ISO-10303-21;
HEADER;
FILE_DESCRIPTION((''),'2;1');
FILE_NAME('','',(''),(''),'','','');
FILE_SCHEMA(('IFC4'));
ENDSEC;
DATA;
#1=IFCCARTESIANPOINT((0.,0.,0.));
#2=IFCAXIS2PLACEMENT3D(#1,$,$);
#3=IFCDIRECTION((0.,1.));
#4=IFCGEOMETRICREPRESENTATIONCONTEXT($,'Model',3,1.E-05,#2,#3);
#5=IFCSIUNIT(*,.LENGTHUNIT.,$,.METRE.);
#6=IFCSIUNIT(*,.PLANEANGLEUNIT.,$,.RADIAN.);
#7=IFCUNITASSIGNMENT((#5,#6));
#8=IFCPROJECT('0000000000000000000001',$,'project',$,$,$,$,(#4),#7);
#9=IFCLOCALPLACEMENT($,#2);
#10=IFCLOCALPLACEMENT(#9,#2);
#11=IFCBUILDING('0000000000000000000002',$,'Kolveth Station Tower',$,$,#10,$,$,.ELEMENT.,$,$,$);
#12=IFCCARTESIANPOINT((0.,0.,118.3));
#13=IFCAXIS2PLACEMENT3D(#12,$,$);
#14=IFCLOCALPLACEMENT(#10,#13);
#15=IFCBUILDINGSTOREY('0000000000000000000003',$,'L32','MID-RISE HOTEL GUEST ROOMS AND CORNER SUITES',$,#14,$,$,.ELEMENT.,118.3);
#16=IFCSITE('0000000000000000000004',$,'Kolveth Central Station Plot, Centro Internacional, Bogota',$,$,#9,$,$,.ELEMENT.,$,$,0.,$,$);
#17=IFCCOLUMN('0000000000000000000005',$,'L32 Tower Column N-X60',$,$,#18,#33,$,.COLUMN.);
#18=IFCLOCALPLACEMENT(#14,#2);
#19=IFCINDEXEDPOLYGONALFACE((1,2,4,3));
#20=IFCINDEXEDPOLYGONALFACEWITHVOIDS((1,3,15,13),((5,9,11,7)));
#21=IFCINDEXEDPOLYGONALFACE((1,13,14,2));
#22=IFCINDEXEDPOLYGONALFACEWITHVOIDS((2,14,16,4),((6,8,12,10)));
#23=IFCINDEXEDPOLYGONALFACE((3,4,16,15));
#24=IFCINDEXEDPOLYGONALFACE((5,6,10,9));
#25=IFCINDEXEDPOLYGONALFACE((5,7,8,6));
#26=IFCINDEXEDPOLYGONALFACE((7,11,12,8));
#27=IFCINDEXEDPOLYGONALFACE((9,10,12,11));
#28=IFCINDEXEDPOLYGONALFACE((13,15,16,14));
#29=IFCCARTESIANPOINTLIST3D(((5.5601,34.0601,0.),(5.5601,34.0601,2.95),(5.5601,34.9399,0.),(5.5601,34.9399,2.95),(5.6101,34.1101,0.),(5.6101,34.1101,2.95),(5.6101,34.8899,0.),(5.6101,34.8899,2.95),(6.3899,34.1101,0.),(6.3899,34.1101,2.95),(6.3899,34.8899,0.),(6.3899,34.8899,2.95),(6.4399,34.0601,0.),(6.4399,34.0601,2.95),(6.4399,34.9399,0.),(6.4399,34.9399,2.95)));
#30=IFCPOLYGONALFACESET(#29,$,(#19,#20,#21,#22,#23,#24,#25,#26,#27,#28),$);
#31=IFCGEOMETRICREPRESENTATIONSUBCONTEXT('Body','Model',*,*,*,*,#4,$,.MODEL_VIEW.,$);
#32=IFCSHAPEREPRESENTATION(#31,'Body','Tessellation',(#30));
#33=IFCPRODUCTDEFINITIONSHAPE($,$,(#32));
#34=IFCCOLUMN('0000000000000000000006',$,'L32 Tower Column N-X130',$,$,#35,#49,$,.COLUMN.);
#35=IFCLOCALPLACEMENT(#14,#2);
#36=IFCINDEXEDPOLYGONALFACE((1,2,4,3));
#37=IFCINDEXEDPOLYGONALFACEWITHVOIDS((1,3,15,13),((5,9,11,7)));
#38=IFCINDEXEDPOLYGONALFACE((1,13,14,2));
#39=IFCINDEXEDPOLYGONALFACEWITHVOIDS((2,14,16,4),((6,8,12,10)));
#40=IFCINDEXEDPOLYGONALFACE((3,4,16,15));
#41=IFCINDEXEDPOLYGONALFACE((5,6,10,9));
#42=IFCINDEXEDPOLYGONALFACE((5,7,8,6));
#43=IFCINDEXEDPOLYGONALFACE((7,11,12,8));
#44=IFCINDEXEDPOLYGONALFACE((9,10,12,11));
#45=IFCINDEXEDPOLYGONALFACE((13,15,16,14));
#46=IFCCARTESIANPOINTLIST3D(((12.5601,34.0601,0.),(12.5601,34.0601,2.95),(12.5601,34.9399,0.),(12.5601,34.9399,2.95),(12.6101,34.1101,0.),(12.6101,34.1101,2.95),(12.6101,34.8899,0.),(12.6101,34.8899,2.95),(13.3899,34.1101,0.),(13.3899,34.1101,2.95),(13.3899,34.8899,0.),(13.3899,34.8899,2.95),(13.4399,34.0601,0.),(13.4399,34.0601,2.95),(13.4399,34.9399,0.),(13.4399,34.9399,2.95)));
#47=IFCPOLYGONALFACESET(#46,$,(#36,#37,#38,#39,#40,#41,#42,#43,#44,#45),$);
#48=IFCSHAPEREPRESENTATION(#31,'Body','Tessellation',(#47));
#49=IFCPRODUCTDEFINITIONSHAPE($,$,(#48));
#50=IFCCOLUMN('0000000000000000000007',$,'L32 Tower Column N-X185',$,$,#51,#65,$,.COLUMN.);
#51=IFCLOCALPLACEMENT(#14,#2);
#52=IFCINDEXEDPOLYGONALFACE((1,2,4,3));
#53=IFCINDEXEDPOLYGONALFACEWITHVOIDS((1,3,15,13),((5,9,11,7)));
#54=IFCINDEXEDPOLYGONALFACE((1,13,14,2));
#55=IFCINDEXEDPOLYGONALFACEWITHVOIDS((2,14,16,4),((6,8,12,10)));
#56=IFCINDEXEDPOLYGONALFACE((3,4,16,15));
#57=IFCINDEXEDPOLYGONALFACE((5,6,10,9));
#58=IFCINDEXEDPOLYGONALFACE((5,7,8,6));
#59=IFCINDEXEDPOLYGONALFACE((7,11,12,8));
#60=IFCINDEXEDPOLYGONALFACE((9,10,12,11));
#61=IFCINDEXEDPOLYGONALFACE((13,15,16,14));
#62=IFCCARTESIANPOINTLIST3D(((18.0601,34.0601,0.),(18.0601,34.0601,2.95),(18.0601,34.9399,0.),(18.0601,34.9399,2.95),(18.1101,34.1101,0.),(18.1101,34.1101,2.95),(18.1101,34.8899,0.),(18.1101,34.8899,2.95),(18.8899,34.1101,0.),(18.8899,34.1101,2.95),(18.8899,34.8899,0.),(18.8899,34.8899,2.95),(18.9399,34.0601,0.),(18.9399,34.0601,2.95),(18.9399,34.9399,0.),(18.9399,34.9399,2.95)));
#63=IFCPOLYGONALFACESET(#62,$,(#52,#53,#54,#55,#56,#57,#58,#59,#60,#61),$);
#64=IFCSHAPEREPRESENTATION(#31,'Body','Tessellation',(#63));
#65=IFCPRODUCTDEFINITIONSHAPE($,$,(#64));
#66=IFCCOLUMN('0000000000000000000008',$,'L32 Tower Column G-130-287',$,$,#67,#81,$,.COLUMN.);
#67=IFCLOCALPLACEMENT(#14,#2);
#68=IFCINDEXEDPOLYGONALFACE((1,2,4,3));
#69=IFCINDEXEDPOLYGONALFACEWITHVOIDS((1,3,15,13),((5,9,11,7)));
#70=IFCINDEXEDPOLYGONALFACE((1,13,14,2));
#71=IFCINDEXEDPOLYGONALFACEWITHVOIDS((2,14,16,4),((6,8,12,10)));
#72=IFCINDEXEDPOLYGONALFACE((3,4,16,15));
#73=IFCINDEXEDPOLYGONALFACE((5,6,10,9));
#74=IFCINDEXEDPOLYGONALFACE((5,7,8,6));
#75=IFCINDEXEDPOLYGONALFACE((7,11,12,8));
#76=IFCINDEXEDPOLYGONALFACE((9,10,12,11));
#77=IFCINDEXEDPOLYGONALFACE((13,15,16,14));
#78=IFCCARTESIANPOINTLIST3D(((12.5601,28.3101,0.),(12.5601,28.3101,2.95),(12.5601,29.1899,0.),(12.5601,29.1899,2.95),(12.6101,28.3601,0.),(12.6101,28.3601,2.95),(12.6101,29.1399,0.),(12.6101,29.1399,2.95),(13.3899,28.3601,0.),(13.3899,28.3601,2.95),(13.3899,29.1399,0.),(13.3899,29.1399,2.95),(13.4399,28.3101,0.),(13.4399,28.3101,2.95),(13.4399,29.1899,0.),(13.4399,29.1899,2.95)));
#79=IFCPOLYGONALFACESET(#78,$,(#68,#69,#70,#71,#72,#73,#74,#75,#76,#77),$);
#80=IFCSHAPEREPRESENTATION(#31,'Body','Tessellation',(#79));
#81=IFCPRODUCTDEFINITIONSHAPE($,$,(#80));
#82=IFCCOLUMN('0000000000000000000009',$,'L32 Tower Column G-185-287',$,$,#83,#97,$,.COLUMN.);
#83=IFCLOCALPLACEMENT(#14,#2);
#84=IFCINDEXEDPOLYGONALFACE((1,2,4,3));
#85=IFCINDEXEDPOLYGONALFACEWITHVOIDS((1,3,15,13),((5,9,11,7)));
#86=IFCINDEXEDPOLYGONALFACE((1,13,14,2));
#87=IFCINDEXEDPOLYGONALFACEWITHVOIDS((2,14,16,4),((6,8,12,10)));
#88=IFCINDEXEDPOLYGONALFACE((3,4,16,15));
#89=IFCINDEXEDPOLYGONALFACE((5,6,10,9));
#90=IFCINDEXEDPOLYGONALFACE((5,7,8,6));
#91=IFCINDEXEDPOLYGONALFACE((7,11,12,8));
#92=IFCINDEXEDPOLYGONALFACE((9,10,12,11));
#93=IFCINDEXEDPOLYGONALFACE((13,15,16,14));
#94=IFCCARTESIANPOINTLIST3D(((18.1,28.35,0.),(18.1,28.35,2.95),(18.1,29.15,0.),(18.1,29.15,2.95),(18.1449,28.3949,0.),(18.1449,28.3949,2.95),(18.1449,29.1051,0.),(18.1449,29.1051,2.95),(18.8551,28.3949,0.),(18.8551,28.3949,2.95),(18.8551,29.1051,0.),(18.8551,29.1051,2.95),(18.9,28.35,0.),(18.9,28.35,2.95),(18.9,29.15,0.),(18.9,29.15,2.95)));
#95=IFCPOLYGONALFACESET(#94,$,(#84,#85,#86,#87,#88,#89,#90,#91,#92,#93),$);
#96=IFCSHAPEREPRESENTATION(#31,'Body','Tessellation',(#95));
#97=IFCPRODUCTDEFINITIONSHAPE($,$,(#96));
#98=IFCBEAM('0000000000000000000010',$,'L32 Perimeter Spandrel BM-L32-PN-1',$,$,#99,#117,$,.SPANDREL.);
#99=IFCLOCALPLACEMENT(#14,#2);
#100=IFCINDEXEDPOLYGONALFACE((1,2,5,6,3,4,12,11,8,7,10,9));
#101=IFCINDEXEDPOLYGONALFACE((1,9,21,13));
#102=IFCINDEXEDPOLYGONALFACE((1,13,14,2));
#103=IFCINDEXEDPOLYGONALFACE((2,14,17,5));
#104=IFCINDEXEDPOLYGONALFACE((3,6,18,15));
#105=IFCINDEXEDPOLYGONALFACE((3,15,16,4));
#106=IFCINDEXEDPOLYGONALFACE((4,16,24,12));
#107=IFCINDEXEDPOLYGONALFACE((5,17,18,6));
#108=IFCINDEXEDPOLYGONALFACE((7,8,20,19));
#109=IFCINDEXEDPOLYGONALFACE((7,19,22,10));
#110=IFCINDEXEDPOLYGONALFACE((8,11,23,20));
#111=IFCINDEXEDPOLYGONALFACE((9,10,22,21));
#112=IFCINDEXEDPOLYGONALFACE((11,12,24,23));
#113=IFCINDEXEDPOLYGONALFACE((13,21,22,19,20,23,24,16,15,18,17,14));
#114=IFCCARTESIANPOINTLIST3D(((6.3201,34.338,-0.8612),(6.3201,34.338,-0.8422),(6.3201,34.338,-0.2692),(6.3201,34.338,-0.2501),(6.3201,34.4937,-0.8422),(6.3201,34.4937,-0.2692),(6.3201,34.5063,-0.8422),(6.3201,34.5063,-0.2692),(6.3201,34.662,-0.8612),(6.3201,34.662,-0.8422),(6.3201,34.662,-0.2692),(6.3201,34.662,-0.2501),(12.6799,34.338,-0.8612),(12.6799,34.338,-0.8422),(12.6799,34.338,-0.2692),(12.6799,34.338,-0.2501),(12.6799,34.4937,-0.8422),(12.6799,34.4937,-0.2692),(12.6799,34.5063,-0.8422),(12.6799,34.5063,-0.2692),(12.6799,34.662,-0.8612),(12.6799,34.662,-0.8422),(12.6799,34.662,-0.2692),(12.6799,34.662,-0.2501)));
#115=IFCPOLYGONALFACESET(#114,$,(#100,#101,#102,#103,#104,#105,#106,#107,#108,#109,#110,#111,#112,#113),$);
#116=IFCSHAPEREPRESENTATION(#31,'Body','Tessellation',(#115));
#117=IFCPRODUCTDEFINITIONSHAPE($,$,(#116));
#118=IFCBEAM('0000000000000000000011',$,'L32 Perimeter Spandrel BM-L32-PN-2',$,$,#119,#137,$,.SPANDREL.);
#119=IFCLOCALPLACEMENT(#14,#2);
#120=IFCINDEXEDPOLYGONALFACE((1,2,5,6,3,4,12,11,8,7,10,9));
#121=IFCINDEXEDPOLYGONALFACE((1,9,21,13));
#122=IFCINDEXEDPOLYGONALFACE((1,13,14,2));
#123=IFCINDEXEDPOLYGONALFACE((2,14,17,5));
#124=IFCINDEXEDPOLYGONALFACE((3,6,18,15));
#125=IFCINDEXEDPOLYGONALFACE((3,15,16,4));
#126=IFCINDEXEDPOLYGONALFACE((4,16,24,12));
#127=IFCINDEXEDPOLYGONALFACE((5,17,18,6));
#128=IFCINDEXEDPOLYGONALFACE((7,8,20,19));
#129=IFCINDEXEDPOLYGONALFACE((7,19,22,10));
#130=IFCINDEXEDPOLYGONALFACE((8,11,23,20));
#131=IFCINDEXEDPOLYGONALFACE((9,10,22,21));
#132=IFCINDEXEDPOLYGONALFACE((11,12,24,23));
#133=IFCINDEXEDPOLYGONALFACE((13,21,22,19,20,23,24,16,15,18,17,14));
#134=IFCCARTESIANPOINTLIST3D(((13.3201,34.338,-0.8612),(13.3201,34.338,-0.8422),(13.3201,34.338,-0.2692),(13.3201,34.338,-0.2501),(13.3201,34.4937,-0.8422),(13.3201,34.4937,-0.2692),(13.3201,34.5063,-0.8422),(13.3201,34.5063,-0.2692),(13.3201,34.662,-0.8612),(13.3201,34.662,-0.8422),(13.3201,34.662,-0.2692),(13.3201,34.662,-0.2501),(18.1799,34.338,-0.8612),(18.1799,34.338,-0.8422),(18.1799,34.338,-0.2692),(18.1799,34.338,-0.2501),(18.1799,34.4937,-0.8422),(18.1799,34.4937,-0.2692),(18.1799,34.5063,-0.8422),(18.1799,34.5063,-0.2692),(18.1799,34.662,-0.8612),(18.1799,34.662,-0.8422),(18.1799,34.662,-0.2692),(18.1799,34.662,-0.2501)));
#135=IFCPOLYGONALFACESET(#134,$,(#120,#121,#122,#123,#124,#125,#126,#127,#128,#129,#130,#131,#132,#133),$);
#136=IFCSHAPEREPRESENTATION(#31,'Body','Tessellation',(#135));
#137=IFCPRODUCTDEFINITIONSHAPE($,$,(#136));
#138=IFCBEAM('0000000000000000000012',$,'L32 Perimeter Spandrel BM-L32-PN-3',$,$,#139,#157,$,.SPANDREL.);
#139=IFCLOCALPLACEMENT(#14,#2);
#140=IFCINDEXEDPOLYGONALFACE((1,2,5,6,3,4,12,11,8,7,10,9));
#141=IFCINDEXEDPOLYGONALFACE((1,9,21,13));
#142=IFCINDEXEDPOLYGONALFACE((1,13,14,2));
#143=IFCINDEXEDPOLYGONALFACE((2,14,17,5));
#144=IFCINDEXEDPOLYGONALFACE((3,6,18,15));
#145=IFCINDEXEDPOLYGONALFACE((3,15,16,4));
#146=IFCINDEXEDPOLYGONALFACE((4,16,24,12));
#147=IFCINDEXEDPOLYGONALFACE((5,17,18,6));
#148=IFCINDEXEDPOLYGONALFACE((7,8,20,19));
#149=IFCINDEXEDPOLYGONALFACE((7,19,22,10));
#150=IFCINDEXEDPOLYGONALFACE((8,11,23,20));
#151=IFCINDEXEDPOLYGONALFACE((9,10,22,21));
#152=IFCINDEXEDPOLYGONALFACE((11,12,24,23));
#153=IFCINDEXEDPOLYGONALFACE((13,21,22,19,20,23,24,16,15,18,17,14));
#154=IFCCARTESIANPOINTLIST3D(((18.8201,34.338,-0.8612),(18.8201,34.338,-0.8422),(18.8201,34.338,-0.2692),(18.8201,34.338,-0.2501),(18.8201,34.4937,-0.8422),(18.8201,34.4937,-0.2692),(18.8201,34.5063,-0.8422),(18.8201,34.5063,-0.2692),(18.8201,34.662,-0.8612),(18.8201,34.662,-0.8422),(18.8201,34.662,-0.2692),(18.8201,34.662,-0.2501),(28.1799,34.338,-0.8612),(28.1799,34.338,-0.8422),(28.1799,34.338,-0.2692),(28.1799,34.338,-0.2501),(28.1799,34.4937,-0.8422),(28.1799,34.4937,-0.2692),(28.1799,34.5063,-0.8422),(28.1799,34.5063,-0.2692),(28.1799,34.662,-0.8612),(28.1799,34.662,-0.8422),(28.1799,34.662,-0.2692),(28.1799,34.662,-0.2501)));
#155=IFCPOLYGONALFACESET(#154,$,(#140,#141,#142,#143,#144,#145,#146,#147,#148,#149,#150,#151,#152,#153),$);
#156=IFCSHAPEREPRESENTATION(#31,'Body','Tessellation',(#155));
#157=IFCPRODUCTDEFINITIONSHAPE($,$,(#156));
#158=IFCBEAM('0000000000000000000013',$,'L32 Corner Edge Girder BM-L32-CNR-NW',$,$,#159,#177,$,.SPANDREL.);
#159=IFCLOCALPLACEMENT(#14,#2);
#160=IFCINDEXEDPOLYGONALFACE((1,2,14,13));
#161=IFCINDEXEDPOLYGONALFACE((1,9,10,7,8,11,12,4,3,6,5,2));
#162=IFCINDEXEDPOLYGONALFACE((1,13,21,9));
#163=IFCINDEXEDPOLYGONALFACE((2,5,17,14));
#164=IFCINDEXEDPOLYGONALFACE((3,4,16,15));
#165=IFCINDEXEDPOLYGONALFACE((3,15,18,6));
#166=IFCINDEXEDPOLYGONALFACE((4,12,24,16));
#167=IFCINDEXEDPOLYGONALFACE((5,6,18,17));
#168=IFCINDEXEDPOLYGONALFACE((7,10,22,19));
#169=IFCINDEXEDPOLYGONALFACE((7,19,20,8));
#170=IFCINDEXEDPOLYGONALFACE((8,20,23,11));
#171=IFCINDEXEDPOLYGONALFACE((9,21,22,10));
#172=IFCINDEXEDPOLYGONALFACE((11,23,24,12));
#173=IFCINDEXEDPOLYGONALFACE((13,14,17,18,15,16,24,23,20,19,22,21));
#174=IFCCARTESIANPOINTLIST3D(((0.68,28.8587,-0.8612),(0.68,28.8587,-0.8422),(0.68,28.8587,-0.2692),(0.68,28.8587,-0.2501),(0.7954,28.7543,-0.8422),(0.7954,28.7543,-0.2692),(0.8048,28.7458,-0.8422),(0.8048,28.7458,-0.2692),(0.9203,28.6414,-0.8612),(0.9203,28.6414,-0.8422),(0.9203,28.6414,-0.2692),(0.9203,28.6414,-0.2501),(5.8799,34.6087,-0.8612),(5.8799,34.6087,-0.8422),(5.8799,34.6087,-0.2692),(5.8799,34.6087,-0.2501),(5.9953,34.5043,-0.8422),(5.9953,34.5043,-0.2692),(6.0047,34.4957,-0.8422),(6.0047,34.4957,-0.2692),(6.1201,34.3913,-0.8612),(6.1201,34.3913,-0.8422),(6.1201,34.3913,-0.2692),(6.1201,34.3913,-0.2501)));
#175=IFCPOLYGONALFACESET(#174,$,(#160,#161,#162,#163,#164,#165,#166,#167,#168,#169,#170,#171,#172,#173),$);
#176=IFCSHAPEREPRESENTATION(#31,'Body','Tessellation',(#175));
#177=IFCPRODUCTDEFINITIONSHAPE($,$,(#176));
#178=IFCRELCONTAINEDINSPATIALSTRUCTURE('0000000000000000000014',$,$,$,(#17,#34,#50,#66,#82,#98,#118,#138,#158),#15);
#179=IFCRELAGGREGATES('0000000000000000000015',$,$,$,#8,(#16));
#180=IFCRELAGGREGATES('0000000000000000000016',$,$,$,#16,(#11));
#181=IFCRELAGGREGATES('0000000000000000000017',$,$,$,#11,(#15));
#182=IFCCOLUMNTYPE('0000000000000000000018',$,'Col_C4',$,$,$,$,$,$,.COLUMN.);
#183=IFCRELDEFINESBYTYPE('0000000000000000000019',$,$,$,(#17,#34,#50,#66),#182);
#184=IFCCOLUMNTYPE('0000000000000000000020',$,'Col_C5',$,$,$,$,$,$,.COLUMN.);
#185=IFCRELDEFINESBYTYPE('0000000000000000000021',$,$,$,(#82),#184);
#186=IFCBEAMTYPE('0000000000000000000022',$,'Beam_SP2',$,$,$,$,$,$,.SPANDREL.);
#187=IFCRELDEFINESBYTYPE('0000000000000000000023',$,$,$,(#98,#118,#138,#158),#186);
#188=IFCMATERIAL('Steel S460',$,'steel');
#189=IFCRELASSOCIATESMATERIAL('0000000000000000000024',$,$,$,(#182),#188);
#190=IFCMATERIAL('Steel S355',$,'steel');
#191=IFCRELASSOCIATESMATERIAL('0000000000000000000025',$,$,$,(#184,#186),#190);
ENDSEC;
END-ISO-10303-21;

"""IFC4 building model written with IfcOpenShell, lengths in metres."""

from ifc_helpers import new_model, si_unit, direction, frame, origin, origin_2d, place, context, subcontext, project, spatial, hollow_rectangle, i_section, extrude, source, transform, mapped, material, material_profile, profile_set, type_object, element, save


model = new_model("IFC4")

# Units and contexts
model_context = context("Model", 3, precision=1e-05, world=origin(), true_north=direction((0.0, 1.0)))
body_context = subcontext(model_context, "Body", "Model", "MODEL_VIEW")
ifc_project = project(units=[si_unit("LENGTHUNIT", "METRE"), si_unit("PLANEANGLEUNIT", "RADIAN")], contexts=[model_context])

# Site, building, storey
site_placement = place(None, origin())
site = spatial("IfcSite", under=ifc_project, at=site_placement, Name="Kolveth Central Station Plot, Centro Internacional, Bogota", CompositionType="ELEMENT", RefElevation=0.0)
building_placement = place(site_placement, origin())
building = spatial("IfcBuilding", under=site, at=building_placement, Name="Kolveth Station Tower", CompositionType="ELEMENT")
storey_placement = place(building_placement, frame((0.0, 0.0, 118.3)))
storey = spatial("IfcBuildingStorey", under=building, at=storey_placement, Name="L32", Description="MID-RISE HOTEL GUEST ROOMS AND CORNER SUITES", CompositionType="ELEMENT", Elevation=118.3)

# Columns
ifc_material_1 = material(Name="Steel S460", Category="steel")
ifc_material_profile_1 = material_profile(ifc_material_1, hollow_rectangle(XDim=0.8799, YDim=0.8799, WallThickness=0.05, at=origin_2d()), Name="BOX880x880x50")
ifc_profile_set_1 = profile_set([ifc_material_profile_1], Name="Steel S460")
column_type_1 = type_object("IfcColumnType", Name="Col_C4", PredefinedType="COLUMN", material=ifc_profile_set_1)
shared_shape_1 = source(origin(), body_context, "Body", "SweptSolid", [
    extrude(hollow_rectangle(XDim=0.8799, YDim=0.8799, WallThickness=0.05, at=origin_2d()), origin(), (0.0, 0.0, 1.0), 2.95),
])
for number, where, z_axis, x_axis, name in (
    (1, (6.0, 34.5, 0.0), (0.0, 0.0, 1.0), (1.0, 0.0, 0.0), "L32 Tower Column N-X60"),
    (2, (13.0, 34.5, 0.0), (0.0, 0.0, 1.0), (1.0, 0.0, 0.0), "L32 Tower Column N-X130"),
    (3, (18.5, 34.5, 0.0), (0.0, 0.0, 1.0), (1.0, 0.0, 0.0), "L32 Tower Column N-X185"),
    (4, (13.0, 28.75, 0.0), (0.0, 0.0, 1.0), (1.0, 0.0, 0.0), "L32 Tower Column G-130-287"),
):
    element("IfcColumn", number, at=place(storey_placement, frame(where, z_axis=z_axis, x_axis=x_axis)), inside=storey, type_object=column_type_1, Name=name, PredefinedType="COLUMN", context=body_context, shape_type="MappedRepresentation", body=[
        mapped(shared_shape_1, transform((0.0, 0.0, 0.0), x_axis=(1.0, 0.0, 0.0), y_axis=(0.0, 1.0, 0.0), z_axis=(0.0, 0.0, 1.0), scale=1.0)),
    ])
ifc_material_2 = material(Name="Steel S355", Category="steel")
ifc_material_profile_2 = material_profile(ifc_material_2, hollow_rectangle(XDim=0.8, YDim=0.8, WallThickness=0.0449, at=origin_2d()), Name="BOX800x800x45")
ifc_profile_set_2 = profile_set([ifc_material_profile_2], Name="Steel S355")
column_type_2 = type_object("IfcColumnType", Name="Col_C5", PredefinedType="COLUMN", material=ifc_profile_set_2)
shared_shape_2 = source(origin(), body_context, "Body", "SweptSolid", [
    extrude(hollow_rectangle(XDim=0.8, YDim=0.8, WallThickness=0.0449, at=origin_2d()), origin(), (0.0, 0.0, 1.0), 2.95),
])
column_placement = place(storey_placement, frame((18.5, 28.75, 0.0), z_axis=(0.0, 0.0, 1.0), x_axis=(1.0, 0.0, 0.0)))
element("IfcColumn", 5, at=column_placement, inside=storey, type_object=column_type_2, Name="L32 Tower Column G-185-287", PredefinedType="COLUMN", context=body_context, shape_type="MappedRepresentation", body=[
    mapped(shared_shape_2, transform((0.0, 0.0, 0.0), x_axis=(1.0, 0.0, 0.0), y_axis=(0.0, 1.0, 0.0), z_axis=(0.0, 0.0, 1.0), scale=1.0)),
])

# Beams
ifc_material_profile_3 = material_profile(ifc_material_2, i_section(OverallWidth=0.324, OverallDepth=0.6111, WebThickness=0.0127, FlangeThickness=0.019, at=origin_2d()), Name="W610x155")
ifc_profile_set_3 = profile_set([ifc_material_profile_3], Name="Steel S355")
beam_type_1 = type_object("IfcBeamType", Name="Beam_SP2", PredefinedType="SPANDREL", material=ifc_profile_set_3)
shared_shape_3 = source(origin(), body_context, "Body", "SweptSolid", [
    extrude(i_section(OverallWidth=0.324, OverallDepth=0.6111, WebThickness=0.0127, FlangeThickness=0.019, at=origin_2d()), origin(), (0.0, 0.0, 1.0), 6.3599),
])
beam_1_placement = place(storey_placement, frame((6.3201, 34.5, -0.5557), z_axis=(1.0, 0.0, 0.0), x_axis=(0.0, 1.0, 0.0)))
element("IfcBeam", 6, at=beam_1_placement, inside=storey, type_object=beam_type_1, Name="L32 Perimeter Spandrel BM-L32-PN-1", PredefinedType="SPANDREL", context=body_context, shape_type="MappedRepresentation", body=[
    mapped(shared_shape_3, transform((0.0, 0.0, 0.0), x_axis=(1.0, 0.0, 0.0), y_axis=(0.0, 1.0, 0.0), z_axis=(0.0, 0.0, 1.0), scale=1.0)),
])
shared_shape_4 = source(origin(), body_context, "Body", "SweptSolid", [
    extrude(i_section(OverallWidth=0.324, OverallDepth=0.6111, WebThickness=0.0127, FlangeThickness=0.019, at=origin_2d()), origin(), (0.0, 0.0, 1.0), 4.8599),
])
beam_2_placement = place(storey_placement, frame((13.3201, 34.5, -0.5557), z_axis=(1.0, 0.0, 0.0), x_axis=(0.0, 1.0, 0.0)))
element("IfcBeam", 7, at=beam_2_placement, inside=storey, type_object=beam_type_1, Name="L32 Perimeter Spandrel BM-L32-PN-2", PredefinedType="SPANDREL", context=body_context, shape_type="MappedRepresentation", body=[
    mapped(shared_shape_4, transform((0.0, 0.0, 0.0), x_axis=(1.0, 0.0, 0.0), y_axis=(0.0, 1.0, 0.0), z_axis=(0.0, 0.0, 1.0), scale=1.0)),
])
shared_shape_5 = source(origin(), body_context, "Body", "SweptSolid", [
    extrude(i_section(OverallWidth=0.324, OverallDepth=0.6111, WebThickness=0.0127, FlangeThickness=0.019, at=origin_2d()), origin(), (0.0, 0.0, 1.0), 9.3599),
])
beam_3_placement = place(storey_placement, frame((18.8201, 34.5, -0.5557), z_axis=(1.0, 0.0, 0.0), x_axis=(0.0, 1.0, 0.0)))
element("IfcBeam", 8, at=beam_3_placement, inside=storey, type_object=beam_type_1, Name="L32 Perimeter Spandrel BM-L32-PN-3", PredefinedType="SPANDREL", context=body_context, shape_type="MappedRepresentation", body=[
    mapped(shared_shape_5, transform((0.0, 0.0, 0.0), x_axis=(1.0, 0.0, 0.0), y_axis=(0.0, 1.0, 0.0), z_axis=(0.0, 0.0, 1.0), scale=1.0)),
])
shared_shape_6 = source(origin(), body_context, "Body", "SweptSolid", [
    extrude(i_section(OverallWidth=0.324, OverallDepth=0.6111, WebThickness=0.0127, FlangeThickness=0.019, at=origin_2d()), origin(), (0.0, 0.0, 1.0), 7.7524),
])
beam_4_placement = place(storey_placement, frame((6.0, 34.5, -0.5557), z_axis=(-0.670741, -0.741692, 0.0), x_axis=(0.741692, -0.670741, 0.0)))
element("IfcBeam", 9, at=beam_4_placement, inside=storey, type_object=beam_type_1, Name="L32 Corner Edge Girder BM-L32-CNR-NW", PredefinedType="SPANDREL", context=body_context, shape_type="MappedRepresentation", body=[
    mapped(shared_shape_6, transform((0.0, 0.0, 0.0), x_axis=(1.0, 0.0, 0.0), y_axis=(0.0, 1.0, 0.0), z_axis=(0.0, 0.0, 1.0), scale=1.0)),
])

save(model, "model.ifc")
